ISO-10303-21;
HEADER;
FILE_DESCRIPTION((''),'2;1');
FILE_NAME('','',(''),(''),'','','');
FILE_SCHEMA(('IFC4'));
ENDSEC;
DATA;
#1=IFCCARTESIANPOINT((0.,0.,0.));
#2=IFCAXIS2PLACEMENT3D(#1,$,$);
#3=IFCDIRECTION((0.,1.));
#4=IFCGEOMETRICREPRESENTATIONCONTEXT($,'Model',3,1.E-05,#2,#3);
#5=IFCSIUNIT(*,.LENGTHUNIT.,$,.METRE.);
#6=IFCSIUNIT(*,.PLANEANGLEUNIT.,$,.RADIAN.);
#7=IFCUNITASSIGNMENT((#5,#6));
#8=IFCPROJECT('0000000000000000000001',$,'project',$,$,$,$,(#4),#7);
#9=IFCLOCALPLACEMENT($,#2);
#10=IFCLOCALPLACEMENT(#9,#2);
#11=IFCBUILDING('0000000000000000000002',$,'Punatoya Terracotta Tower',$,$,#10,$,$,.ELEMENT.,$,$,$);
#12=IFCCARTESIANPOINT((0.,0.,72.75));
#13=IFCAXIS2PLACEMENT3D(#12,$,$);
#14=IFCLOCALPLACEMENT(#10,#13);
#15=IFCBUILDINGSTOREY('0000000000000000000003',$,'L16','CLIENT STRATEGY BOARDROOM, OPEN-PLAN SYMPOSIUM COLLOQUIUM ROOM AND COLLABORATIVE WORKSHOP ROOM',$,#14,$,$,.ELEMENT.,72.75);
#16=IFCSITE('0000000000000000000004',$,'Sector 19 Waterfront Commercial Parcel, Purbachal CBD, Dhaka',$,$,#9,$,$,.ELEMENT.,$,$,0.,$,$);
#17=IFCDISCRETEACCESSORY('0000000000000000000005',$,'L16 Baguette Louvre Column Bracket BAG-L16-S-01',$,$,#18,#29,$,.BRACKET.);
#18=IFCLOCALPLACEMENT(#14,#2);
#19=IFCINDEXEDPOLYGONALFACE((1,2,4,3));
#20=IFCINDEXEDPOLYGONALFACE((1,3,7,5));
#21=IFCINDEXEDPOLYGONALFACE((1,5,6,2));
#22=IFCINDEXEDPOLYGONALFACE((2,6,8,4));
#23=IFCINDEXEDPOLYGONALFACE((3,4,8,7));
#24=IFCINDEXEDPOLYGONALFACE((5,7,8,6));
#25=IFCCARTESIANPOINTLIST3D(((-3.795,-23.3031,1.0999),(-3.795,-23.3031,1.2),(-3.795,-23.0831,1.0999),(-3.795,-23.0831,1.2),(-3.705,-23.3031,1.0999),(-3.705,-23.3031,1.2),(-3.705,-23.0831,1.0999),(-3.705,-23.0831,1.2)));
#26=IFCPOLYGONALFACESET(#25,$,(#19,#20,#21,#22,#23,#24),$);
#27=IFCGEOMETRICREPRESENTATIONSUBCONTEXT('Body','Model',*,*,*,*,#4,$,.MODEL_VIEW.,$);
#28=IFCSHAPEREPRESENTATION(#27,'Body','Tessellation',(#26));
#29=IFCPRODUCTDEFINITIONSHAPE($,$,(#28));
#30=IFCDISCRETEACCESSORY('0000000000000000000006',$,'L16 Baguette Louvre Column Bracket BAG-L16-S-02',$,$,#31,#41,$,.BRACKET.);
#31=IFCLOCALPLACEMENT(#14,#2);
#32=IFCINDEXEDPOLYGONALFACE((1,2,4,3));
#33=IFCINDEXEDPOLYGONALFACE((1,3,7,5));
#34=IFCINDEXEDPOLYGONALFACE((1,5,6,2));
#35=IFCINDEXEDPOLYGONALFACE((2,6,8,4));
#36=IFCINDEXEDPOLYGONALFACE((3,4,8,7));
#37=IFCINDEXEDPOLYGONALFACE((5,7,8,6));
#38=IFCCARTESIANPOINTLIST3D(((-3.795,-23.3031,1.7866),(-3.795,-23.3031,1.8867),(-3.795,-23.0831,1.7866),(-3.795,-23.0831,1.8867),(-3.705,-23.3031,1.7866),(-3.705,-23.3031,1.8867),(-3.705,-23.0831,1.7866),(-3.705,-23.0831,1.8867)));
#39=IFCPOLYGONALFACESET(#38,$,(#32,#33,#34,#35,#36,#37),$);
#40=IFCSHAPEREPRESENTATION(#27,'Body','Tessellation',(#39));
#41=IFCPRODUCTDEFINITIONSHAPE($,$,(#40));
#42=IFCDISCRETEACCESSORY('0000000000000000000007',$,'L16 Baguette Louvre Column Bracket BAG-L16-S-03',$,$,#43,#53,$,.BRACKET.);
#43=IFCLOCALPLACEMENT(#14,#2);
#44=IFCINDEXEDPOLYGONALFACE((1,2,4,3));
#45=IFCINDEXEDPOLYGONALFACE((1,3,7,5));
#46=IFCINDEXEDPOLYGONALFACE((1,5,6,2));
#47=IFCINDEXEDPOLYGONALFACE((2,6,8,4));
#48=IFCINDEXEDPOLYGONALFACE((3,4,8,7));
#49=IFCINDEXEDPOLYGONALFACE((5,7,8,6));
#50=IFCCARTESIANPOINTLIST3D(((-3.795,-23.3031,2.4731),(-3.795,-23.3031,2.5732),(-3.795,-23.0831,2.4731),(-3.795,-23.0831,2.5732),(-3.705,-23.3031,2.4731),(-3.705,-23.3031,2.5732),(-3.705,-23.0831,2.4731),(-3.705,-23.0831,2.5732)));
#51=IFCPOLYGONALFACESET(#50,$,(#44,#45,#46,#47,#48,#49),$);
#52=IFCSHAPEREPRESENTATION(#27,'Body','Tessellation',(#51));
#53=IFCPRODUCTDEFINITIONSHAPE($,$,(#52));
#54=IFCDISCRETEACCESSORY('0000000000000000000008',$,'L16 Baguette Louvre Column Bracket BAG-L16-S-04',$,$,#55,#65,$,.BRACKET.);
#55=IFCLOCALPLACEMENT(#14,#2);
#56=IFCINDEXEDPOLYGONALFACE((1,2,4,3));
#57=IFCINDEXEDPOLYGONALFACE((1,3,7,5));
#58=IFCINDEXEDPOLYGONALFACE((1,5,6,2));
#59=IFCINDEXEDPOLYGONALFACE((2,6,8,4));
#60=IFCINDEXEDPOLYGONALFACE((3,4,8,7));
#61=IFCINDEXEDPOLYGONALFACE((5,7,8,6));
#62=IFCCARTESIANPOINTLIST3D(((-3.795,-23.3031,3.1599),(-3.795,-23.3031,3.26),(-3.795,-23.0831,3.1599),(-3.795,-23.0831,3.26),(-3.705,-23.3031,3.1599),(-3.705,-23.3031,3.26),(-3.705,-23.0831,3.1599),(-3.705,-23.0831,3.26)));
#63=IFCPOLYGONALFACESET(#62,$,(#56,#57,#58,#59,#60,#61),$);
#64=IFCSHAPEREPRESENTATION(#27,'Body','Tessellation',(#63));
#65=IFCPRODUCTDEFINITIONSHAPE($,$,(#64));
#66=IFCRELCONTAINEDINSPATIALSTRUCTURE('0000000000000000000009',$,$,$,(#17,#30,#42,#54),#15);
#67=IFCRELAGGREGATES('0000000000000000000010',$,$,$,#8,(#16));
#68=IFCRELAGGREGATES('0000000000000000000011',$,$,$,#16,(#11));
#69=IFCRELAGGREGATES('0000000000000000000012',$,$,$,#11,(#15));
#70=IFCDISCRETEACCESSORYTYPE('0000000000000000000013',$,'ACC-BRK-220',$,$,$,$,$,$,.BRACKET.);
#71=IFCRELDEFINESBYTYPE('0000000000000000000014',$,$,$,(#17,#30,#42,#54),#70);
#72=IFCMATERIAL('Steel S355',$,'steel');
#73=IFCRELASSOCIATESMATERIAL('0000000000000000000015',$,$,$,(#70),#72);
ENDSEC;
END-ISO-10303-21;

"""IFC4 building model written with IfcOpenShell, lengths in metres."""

from ifc_helpers import new_model, si_unit, direction, frame, origin, origin_2d, place, context, subcontext, project, spatial, rectangle, extrude, material, type_object, element, save


model = new_model("IFC4")

# Units and contexts
model_context = context("Model", 3, precision=1e-05, world=origin(), true_north=direction((0.0, 1.0)))
body_context = subcontext(model_context, "Body", "Model", "MODEL_VIEW")
ifc_project = project(units=[si_unit("LENGTHUNIT", "METRE"), si_unit("PLANEANGLEUNIT", "RADIAN")], contexts=[model_context])

# Site, building, storey
site_placement = place(None, origin())
site = spatial("IfcSite", under=ifc_project, at=site_placement, Name="Sector 19 Waterfront Commercial Parcel, Purbachal CBD, Dhaka", CompositionType="ELEMENT", RefElevation=0.0)
building_placement = place(site_placement, origin())
building = spatial("IfcBuilding", under=site, at=building_placement, Name="Punatoya Terracotta Tower", CompositionType="ELEMENT")
storey_placement = place(building_placement, frame((0.0, 0.0, 72.75)))
storey = spatial("IfcBuildingStorey", under=building, at=storey_placement, Name="L16", Description="CLIENT STRATEGY BOARDROOM, OPEN-PLAN SYMPOSIUM COLLOQUIUM ROOM AND COLLABORATIVE WORKSHOP ROOM", CompositionType="ELEMENT", Elevation=72.75)

# Shared definitions
ifc_material_1 = material(Name="Steel S355", Category="steel")

# Discrete accessories
discrete_accessory_type = type_object("IfcDiscreteAccessoryType", Name="ACC-BRK-220", PredefinedType="BRACKET", material=ifc_material_1)
for number, where, z_axis, x_axis, name in (
    (1, (-3.75, -23.1931, 1.0999), (0.0, 0.0, 1.0), (1.0, 0.0, 0.0), "L16 Baguette Louvre Column Bracket BAG-L16-S-01"),
    (2, (-3.75, -23.1931, 1.7866), (0.0, 0.0, 1.0), (1.0, 0.0, 0.0), "L16 Baguette Louvre Column Bracket BAG-L16-S-02"),
    (3, (-3.75, -23.1931, 2.4731), (0.0, 0.0, 1.0), (1.0, 0.0, 0.0), "L16 Baguette Louvre Column Bracket BAG-L16-S-03"),
    (4, (-3.75, -23.1931, 3.1599), (0.0, 0.0, 1.0), (1.0, 0.0, 0.0), "L16 Baguette Louvre Column Bracket BAG-L16-S-04"),
):
    element("IfcDiscreteAccessory", number, at=place(storey_placement, frame(where, z_axis=z_axis, x_axis=x_axis)), inside=storey, type_object=discrete_accessory_type, Name=name, PredefinedType="BRACKET", context=body_context, shape_type="SweptSolid", body=[
        extrude(rectangle(XDim=0.0901, YDim=0.22, at=origin_2d()), origin(), (0.0, 0.0, 1.0), 0.1001),
    ])

save(model, "model.ifc")
